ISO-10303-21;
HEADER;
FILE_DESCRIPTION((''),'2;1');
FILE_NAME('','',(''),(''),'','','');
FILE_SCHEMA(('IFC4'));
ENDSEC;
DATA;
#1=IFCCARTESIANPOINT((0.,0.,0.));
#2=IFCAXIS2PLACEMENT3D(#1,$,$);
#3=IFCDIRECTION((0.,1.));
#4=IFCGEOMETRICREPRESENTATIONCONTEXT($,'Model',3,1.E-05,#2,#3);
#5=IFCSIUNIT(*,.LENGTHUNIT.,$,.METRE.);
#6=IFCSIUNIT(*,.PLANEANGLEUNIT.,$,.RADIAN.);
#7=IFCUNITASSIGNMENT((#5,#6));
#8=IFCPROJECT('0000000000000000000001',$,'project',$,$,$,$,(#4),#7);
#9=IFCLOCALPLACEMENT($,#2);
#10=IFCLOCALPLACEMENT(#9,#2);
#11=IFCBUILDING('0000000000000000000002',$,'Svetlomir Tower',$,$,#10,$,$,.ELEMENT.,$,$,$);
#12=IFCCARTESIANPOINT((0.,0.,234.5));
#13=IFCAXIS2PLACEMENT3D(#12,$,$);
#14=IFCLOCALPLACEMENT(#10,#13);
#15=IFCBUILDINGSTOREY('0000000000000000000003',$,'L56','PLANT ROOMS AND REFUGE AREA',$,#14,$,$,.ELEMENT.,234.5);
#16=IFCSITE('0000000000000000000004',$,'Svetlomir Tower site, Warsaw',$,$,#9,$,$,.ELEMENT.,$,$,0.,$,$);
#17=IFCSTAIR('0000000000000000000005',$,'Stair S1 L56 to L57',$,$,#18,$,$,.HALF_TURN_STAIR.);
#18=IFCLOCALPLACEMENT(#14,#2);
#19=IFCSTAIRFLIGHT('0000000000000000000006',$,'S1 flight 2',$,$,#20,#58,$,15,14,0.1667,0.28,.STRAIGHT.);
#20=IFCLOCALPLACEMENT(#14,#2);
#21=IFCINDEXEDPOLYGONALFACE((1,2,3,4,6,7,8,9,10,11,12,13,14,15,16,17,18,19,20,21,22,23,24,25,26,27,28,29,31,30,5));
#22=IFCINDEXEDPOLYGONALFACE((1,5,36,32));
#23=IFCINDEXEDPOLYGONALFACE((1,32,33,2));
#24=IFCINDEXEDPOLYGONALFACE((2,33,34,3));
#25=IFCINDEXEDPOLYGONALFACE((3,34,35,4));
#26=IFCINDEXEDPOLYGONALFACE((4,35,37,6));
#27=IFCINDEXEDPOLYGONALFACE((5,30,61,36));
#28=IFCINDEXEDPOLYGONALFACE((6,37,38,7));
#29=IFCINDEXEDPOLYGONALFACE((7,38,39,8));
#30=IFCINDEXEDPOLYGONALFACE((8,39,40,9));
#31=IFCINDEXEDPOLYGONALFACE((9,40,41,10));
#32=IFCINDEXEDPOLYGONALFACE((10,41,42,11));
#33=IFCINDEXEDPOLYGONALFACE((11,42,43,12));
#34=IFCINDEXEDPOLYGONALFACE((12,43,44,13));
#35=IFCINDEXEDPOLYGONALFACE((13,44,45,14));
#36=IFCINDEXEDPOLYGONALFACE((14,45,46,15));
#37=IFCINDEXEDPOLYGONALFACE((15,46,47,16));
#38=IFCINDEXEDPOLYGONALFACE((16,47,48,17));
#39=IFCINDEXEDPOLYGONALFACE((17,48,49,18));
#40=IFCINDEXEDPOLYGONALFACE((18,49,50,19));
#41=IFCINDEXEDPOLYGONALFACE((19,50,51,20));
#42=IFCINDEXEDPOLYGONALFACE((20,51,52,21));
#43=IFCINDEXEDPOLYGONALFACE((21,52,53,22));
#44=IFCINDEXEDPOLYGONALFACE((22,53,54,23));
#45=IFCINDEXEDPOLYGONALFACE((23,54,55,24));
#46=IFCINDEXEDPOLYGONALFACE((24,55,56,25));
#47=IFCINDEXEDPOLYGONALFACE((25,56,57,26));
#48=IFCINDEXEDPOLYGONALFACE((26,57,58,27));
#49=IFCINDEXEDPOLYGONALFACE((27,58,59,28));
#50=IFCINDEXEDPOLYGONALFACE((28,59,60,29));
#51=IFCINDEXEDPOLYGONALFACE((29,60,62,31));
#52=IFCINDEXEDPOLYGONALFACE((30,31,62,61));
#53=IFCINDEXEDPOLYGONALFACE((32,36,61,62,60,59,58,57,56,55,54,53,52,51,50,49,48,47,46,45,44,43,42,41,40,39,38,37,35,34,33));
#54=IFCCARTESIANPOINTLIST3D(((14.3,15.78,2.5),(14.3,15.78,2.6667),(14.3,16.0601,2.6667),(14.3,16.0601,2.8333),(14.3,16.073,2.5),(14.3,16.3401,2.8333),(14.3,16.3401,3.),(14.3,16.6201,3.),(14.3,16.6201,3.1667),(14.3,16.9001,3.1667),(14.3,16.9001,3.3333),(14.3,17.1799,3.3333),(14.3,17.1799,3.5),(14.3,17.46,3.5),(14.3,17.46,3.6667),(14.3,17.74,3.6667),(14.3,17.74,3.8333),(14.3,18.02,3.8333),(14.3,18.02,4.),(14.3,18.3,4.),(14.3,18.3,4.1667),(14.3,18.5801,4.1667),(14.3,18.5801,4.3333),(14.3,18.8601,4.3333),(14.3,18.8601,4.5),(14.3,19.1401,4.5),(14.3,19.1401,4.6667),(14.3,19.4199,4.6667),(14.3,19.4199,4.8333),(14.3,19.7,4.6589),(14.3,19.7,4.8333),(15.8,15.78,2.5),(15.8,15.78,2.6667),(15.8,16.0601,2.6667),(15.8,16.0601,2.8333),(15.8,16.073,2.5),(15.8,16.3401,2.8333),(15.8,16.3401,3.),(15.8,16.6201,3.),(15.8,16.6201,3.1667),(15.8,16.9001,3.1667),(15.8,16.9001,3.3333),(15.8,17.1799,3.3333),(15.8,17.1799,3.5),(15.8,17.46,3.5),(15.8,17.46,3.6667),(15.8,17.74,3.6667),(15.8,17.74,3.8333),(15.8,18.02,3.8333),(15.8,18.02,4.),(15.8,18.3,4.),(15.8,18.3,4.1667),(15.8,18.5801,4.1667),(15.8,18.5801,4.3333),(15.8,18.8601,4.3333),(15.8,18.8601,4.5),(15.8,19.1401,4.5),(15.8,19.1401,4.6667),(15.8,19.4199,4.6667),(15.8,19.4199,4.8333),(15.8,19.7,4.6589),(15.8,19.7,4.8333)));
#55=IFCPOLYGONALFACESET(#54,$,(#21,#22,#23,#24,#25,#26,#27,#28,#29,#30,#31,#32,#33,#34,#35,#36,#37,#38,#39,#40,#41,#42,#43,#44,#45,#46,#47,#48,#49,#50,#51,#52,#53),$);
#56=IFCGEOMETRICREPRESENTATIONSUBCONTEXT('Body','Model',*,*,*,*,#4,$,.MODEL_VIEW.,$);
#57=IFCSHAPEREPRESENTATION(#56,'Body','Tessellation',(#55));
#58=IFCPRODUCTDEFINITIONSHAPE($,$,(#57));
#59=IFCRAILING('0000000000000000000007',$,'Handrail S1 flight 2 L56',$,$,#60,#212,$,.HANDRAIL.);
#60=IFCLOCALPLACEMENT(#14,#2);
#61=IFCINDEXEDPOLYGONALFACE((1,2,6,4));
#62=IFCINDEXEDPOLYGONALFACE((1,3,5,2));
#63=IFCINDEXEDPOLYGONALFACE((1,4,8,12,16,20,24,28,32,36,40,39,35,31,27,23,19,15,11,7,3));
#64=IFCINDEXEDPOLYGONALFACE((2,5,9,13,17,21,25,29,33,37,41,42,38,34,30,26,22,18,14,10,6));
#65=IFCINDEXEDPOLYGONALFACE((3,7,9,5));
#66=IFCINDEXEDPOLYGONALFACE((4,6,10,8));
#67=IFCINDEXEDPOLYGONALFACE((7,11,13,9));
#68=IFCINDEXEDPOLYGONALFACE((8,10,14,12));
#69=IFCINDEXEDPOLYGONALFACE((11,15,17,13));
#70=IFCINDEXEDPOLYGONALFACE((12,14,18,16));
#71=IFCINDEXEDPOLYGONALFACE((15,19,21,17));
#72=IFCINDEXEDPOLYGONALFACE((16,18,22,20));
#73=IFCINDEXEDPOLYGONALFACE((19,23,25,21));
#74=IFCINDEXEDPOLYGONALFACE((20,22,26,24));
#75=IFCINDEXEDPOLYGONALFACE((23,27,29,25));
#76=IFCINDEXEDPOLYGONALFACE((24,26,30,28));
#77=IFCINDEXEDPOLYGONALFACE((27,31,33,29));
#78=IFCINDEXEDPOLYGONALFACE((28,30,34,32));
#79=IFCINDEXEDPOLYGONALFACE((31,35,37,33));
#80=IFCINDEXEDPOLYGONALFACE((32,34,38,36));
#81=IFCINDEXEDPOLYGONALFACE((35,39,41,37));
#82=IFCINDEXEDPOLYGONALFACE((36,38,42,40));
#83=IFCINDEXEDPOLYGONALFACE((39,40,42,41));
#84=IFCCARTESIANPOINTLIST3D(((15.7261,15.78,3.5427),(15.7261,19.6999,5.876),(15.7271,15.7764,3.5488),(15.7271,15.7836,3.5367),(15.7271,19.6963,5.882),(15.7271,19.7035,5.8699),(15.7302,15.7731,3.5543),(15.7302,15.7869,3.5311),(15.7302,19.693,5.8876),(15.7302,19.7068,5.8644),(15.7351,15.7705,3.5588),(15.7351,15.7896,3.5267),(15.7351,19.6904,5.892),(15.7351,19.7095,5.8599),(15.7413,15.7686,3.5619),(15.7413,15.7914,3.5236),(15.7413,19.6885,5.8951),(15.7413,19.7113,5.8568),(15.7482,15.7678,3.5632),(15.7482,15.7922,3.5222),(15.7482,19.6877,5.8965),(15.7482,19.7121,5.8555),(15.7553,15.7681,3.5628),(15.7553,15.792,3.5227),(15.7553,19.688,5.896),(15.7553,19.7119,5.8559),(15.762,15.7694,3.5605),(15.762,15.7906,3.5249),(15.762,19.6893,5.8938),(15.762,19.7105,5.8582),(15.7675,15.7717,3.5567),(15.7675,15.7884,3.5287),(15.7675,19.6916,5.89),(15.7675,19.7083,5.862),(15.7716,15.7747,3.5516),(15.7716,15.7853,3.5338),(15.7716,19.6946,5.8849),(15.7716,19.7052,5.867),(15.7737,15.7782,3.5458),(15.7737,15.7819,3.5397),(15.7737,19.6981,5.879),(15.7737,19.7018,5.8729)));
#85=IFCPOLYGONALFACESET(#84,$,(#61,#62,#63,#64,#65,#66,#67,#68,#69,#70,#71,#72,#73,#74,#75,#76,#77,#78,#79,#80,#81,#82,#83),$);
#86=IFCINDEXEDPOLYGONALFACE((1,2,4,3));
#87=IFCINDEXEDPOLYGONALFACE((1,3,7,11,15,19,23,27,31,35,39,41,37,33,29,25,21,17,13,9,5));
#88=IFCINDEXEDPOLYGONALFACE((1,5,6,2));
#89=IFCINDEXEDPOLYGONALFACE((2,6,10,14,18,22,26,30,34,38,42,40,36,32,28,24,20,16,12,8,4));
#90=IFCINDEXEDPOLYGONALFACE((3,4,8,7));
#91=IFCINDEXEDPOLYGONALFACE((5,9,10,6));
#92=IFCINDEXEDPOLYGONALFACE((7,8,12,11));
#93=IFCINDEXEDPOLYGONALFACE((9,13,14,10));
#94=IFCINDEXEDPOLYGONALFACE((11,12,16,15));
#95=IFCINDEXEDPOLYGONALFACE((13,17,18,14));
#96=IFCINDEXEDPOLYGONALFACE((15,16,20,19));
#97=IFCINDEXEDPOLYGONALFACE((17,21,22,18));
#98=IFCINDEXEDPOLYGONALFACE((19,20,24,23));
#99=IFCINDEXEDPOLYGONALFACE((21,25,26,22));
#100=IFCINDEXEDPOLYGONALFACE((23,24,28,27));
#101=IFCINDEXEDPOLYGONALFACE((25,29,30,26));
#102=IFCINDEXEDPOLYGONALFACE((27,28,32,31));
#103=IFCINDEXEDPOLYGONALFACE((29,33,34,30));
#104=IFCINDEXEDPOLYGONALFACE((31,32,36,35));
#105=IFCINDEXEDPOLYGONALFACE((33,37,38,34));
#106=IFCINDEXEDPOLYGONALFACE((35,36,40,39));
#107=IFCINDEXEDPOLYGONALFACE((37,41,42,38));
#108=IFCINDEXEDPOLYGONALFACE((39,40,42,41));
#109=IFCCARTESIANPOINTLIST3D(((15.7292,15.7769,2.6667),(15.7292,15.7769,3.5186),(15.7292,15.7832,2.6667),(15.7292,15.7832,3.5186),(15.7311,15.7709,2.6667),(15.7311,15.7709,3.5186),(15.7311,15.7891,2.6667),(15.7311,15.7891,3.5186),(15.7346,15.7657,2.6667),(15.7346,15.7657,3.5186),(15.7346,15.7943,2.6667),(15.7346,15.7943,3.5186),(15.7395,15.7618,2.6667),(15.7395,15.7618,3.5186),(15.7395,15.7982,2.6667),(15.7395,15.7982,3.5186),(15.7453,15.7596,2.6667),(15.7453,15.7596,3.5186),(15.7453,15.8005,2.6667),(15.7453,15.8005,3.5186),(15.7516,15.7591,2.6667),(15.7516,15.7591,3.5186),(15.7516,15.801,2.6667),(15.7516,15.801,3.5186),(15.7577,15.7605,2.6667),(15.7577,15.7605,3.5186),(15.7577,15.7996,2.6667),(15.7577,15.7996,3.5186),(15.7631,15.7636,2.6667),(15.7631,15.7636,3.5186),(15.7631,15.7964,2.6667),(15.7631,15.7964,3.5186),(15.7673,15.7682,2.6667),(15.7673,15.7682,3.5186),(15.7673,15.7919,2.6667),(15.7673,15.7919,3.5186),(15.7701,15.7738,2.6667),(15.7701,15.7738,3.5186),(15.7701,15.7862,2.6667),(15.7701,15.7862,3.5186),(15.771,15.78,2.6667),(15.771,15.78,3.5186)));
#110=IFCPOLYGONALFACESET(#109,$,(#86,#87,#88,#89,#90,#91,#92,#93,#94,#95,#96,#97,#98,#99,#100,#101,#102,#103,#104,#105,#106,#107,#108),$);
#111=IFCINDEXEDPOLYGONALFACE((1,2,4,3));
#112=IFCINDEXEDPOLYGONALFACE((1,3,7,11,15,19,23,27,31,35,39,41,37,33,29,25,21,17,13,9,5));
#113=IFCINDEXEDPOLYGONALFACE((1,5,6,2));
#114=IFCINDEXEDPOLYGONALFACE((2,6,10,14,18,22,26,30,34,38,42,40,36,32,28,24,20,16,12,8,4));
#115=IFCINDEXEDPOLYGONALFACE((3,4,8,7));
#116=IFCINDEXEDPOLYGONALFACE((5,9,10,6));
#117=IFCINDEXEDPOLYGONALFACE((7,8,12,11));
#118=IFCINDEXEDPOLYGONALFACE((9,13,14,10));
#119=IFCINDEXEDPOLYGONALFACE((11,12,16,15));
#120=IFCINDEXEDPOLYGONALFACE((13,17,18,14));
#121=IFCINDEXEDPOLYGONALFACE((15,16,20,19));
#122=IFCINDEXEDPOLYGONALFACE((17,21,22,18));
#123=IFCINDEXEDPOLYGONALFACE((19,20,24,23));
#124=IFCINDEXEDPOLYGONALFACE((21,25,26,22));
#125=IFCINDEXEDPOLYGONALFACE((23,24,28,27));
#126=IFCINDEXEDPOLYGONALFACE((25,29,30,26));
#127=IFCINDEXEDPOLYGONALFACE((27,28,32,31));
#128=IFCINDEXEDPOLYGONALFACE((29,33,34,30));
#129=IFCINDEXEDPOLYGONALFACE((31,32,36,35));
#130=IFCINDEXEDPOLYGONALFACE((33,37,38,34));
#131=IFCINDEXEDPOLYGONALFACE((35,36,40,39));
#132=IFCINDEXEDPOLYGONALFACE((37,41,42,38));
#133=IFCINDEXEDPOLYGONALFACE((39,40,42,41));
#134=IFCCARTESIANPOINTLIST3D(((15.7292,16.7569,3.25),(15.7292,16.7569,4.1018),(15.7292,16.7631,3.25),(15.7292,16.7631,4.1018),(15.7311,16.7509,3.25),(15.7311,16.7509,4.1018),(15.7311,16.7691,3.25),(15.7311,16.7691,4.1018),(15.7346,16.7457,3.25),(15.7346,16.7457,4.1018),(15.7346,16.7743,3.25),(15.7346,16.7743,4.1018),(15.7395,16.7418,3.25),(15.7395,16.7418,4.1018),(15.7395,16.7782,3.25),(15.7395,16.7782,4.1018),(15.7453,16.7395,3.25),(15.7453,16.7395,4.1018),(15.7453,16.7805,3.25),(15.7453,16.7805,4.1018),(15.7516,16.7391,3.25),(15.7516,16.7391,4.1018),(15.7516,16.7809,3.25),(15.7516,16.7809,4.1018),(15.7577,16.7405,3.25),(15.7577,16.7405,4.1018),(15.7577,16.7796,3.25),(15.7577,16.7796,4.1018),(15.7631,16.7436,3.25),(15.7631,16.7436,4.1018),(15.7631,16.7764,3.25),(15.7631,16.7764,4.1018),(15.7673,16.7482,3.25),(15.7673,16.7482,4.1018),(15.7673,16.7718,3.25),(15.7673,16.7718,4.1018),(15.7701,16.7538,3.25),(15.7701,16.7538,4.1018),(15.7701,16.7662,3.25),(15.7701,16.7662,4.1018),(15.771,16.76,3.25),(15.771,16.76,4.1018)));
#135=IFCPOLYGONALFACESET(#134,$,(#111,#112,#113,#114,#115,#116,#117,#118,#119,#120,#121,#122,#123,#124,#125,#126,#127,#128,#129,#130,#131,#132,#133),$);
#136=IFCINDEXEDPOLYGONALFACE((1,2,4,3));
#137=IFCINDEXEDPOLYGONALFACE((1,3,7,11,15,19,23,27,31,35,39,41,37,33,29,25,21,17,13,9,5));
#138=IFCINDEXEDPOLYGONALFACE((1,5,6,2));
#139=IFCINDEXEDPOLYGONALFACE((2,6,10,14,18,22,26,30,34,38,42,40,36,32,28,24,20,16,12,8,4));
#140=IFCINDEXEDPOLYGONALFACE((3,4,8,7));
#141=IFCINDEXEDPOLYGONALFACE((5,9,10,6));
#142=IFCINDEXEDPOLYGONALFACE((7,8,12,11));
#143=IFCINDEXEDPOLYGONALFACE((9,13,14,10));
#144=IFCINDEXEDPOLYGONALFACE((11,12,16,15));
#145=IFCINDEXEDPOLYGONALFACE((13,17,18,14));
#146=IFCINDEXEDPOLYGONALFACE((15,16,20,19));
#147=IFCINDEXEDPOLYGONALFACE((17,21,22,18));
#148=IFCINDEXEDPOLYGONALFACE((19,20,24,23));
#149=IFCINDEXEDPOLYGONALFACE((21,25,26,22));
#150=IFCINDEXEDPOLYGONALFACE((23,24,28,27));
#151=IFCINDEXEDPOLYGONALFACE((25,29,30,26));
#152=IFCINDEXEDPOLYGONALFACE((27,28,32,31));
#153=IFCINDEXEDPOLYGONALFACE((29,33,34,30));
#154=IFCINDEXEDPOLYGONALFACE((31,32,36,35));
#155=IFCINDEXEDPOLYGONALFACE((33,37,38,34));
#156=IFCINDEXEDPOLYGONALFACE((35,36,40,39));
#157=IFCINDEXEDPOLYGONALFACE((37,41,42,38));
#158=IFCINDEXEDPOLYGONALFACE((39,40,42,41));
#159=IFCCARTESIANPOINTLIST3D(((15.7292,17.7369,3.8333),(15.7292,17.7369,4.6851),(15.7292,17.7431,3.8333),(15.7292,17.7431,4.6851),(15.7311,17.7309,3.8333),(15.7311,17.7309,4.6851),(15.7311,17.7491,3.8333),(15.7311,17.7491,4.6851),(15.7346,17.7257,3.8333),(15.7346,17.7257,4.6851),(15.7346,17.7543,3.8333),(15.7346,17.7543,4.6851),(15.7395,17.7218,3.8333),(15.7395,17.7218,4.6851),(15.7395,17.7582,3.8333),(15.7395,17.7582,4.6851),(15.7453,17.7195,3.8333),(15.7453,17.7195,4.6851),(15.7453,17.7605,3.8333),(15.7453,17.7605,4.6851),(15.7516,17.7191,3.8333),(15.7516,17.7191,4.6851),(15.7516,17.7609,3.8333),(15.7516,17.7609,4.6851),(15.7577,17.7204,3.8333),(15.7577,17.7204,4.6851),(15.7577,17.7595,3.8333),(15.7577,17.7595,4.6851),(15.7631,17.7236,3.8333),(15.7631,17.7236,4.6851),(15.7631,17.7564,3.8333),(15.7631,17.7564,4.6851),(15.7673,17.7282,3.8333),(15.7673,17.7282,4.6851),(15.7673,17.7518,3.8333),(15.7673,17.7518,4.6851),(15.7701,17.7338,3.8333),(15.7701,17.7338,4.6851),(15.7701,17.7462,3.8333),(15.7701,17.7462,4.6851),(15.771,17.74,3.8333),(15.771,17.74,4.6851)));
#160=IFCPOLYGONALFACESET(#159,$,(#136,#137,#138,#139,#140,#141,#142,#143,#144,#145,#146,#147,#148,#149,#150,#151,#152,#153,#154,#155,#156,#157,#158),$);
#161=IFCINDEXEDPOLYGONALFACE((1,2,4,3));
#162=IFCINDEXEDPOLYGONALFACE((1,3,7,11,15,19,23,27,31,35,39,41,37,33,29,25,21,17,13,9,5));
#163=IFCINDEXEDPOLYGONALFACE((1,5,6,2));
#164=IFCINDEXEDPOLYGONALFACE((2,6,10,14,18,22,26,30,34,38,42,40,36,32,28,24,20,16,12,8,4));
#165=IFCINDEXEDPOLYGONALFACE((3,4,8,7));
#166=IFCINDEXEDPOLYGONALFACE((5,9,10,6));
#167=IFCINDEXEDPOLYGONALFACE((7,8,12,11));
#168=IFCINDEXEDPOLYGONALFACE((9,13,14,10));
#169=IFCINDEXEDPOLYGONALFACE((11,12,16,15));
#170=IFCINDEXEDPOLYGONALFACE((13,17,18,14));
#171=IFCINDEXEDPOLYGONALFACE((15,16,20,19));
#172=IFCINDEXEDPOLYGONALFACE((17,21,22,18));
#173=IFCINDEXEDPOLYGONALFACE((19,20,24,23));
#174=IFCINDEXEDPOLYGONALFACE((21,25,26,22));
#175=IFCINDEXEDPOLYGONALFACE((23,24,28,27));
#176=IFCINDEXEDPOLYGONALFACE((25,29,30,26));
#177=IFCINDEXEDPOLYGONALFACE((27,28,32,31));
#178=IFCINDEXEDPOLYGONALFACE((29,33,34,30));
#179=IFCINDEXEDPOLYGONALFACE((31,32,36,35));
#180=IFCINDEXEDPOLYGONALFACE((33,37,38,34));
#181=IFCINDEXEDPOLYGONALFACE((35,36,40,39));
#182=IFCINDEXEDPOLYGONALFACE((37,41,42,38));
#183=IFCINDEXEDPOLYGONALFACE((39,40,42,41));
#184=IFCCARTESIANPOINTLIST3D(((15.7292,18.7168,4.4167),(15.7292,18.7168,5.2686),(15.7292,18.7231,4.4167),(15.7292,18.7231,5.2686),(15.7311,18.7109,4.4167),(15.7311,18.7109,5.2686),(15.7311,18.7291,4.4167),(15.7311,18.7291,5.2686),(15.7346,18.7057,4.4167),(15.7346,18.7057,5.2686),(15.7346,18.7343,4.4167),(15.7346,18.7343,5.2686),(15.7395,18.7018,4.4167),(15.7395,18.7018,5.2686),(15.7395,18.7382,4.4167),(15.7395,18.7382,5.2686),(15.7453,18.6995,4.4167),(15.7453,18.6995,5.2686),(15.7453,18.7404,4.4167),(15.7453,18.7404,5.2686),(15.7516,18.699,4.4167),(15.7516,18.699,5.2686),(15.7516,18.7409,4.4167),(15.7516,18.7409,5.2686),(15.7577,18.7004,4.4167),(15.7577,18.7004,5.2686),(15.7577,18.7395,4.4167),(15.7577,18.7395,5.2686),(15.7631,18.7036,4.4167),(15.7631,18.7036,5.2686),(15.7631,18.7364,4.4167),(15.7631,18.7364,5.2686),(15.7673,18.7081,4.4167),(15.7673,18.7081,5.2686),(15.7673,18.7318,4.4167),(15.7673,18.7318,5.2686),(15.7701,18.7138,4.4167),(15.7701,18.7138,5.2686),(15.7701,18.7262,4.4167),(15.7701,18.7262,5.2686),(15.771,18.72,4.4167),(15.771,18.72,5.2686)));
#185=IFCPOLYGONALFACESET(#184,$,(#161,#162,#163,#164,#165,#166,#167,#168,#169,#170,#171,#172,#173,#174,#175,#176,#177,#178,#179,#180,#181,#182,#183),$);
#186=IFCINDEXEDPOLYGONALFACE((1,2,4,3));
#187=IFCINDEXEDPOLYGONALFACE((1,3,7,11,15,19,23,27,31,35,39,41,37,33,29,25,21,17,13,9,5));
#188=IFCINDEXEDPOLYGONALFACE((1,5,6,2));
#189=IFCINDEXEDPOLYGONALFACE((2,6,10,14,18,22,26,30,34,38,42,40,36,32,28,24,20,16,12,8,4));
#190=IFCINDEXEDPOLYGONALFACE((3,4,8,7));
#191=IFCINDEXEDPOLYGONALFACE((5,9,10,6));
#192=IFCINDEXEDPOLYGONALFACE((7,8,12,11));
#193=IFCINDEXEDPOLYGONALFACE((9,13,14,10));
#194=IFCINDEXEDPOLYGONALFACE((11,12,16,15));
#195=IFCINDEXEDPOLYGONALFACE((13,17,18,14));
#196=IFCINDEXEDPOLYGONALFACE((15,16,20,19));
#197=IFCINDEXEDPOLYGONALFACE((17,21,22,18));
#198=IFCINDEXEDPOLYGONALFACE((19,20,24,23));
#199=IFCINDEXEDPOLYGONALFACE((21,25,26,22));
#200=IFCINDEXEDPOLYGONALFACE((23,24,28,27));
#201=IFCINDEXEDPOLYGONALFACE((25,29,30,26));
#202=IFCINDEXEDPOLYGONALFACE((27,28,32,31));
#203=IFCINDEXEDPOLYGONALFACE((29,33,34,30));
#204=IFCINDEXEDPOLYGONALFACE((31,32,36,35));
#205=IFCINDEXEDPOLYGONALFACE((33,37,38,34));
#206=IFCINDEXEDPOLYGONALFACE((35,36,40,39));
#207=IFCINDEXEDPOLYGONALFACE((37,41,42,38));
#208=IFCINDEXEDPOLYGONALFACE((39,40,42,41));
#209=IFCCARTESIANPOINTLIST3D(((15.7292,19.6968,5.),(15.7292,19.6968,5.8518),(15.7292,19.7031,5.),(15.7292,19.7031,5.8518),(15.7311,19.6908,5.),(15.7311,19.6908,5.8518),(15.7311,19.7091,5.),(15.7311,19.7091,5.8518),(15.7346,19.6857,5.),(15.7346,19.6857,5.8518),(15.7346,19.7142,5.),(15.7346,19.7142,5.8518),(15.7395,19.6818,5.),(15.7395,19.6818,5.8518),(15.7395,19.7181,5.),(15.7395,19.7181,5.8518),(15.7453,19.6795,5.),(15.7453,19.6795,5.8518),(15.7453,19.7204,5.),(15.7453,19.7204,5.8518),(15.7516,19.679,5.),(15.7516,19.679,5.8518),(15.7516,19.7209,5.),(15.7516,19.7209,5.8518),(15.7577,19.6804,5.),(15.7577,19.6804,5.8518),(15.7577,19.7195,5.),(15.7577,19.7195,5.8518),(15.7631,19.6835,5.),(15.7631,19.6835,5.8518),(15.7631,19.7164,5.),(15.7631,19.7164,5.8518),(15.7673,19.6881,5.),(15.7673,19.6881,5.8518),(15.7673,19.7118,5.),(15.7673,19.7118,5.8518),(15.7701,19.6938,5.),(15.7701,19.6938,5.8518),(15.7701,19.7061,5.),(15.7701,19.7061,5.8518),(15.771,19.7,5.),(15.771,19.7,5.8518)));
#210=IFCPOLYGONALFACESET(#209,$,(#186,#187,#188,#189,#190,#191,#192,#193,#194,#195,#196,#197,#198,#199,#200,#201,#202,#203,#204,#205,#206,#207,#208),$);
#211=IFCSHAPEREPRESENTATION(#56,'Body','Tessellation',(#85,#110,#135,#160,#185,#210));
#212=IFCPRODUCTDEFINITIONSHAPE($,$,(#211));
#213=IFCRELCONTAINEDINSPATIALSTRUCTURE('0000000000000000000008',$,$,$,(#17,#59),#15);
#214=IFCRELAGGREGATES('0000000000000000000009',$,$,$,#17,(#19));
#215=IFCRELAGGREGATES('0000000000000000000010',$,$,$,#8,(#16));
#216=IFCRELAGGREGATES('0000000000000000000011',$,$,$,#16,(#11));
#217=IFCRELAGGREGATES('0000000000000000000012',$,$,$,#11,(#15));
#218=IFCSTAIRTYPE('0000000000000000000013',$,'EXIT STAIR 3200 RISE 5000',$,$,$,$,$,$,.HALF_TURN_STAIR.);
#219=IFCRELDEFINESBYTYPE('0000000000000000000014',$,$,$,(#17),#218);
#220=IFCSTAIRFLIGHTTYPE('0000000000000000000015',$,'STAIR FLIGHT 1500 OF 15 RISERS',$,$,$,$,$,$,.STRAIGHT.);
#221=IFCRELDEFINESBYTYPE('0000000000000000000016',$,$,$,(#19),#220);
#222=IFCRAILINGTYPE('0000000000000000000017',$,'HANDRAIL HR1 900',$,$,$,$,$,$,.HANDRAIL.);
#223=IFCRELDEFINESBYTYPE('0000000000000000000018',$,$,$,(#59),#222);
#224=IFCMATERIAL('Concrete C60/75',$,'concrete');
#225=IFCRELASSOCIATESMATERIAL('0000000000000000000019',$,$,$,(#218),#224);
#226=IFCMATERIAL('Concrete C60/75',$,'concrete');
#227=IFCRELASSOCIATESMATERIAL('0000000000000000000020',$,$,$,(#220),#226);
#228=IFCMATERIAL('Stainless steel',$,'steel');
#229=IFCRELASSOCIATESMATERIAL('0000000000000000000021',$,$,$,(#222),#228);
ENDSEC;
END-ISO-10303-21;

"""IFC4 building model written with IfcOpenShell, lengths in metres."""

from ifc_helpers import new_model, si_unit, direction, frame, origin, origin_2d, place, context, subcontext, project, spatial, polyline, circle, outline, extrude, material, type_object, element, aggregate, save


model = new_model("IFC4")

# Units and contexts
model_context = context("Model", 3, precision=1e-05, world=origin(), true_north=direction((0.0, 1.0)))
body_context = subcontext(model_context, "Body", "Model", "MODEL_VIEW")
ifc_project = project(units=[si_unit("LENGTHUNIT", "METRE"), si_unit("PLANEANGLEUNIT", "RADIAN")], contexts=[model_context])

# Site, building, storey
site_placement = place(None, origin())
site = spatial("IfcSite", under=ifc_project, at=site_placement, Name="Svetlomir Tower site, Warsaw", CompositionType="ELEMENT", RefElevation=0.0)
building_placement = place(site_placement, origin())
building = spatial("IfcBuilding", under=site, at=building_placement, Name="Svetlomir Tower", CompositionType="ELEMENT")
storey_placement = place(building_placement, frame((0.0, 0.0, 234.5)))
storey = spatial("IfcBuildingStorey", under=building, at=storey_placement, Name="L56", Description="PLANT ROOMS AND REFUGE AREA", CompositionType="ELEMENT", Elevation=234.5)

# Stair, stair flight
ifc_material_1 = material(Name="Concrete C60/75", Category="concrete")
stair_type = type_object("IfcStairType", Name="EXIT STAIR 3200 RISE 5000", PredefinedType="HALF_TURN_STAIR", material=ifc_material_1)
stair_placement = place(storey_placement, origin())
stair = element("IfcStair", 1, at=stair_placement, inside=storey, type_object=stair_type, Name="Stair S1 L56 to L57", PredefinedType="HALF_TURN_STAIR")
ifc_material_2 = material(Name="Concrete C60/75", Category="concrete")
stair_flight_type = type_object("IfcStairFlightType", Name="STAIR FLIGHT 1500 OF 15 RISERS", PredefinedType="STRAIGHT", material=ifc_material_2)
stair_flight_placement = place(storey_placement, frame((15.05, 15.78, 2.5), z_axis=(0.0, 0.0, 1.0), x_axis=(0.0, 1.0, 0.0)))
stair_flight = element("IfcStairFlight", 2, at=stair_flight_placement, type_object=stair_flight_type, Name="S1 flight 2", NumberOfRisers=15, NumberOfTreads=14, PredefinedType="STRAIGHT", RiserHeight=0.1667, TreadLength=0.28, context=body_context, shape_type="SweptSolid", body=[
    extrude(outline(polyline([(0.0, 0.0), (0.0, 0.1667), (0.28, 0.1667), (0.28, 0.3333), (0.5601, 0.3333), (0.5601, 0.5), (0.8401, 0.5), (0.8401, 0.6667), (1.1201, 0.6667), (1.1201, 0.8333), (1.3999, 0.8333), (1.3999, 1.0), (1.6799, 1.0), (1.6799, 1.1667), (1.96, 1.1667), (1.96, 1.3333), (2.24, 1.3333), (2.24, 1.5), (2.52, 1.5), (2.52, 1.6667), (2.8, 1.6667), (2.8, 1.8333), (3.0801, 1.8333), (3.0801, 2.0), (3.3601, 2.0), (3.3601, 2.1667), (3.6399, 2.1667), (3.6399, 2.3333), (3.9199, 2.3333), (3.9199, 2.5), (3.9199, 2.1589), (0.293, 0.0), (0.0, 0.0)])), frame((0.0, 0.75, 0.0), z_axis=(0.0, -1.0, 0.0), x_axis=(1.0, 0.0, 0.0)), (0.0, 0.0, 1.0), 1.5),
])
aggregate(stair, [stair_flight])

# Railing
ifc_material_3 = material(Name="Stainless steel", Category="steel")
railing_type_1 = type_object("IfcRailingType", Name="HANDRAIL HR1 900", PredefinedType="HANDRAIL", material=ifc_material_3)
railing_1_placement = place(storey_placement, frame((15.75, 15.78, 2.6667)))
element("IfcRailing", 3, at=railing_1_placement, inside=storey, type_object=railing_type_1, Name="Handrail S1 flight 2 L56", PredefinedType="HANDRAIL", context=body_context, shape_type="SweptSolid", body=[
    extrude(circle(Radius=0.0239, at=origin_2d()), frame((0.0, 0.0, 0.876), z_axis=(0.0, 0.859296, 0.511478), x_axis=(-1.0, 0.0, 0.0)), (0.0, 0.0, 1.0), 4.5618),
    extrude(circle(Radius=0.021, at=origin_2d()), origin(), (0.0, 0.0, 1.0), 0.8518),
    extrude(circle(Radius=0.021, at=origin_2d()), frame((0.0, 0.98, 0.5833)), (0.0, 0.0, 1.0), 0.8518),
    extrude(circle(Radius=0.021, at=origin_2d()), frame((0.0, 1.96, 1.1665)), (0.0, 0.0, 1.0), 0.8518),
    extrude(circle(Radius=0.021, at=origin_2d()), frame((0.0, 2.9399, 1.75)), (0.0, 0.0, 1.0), 0.8518),
    extrude(circle(Radius=0.021, at=origin_2d()), frame((0.0, 3.9199, 2.3333)), (0.0, 0.0, 1.0), 0.8518),
])

save(model, "model.ifc")
